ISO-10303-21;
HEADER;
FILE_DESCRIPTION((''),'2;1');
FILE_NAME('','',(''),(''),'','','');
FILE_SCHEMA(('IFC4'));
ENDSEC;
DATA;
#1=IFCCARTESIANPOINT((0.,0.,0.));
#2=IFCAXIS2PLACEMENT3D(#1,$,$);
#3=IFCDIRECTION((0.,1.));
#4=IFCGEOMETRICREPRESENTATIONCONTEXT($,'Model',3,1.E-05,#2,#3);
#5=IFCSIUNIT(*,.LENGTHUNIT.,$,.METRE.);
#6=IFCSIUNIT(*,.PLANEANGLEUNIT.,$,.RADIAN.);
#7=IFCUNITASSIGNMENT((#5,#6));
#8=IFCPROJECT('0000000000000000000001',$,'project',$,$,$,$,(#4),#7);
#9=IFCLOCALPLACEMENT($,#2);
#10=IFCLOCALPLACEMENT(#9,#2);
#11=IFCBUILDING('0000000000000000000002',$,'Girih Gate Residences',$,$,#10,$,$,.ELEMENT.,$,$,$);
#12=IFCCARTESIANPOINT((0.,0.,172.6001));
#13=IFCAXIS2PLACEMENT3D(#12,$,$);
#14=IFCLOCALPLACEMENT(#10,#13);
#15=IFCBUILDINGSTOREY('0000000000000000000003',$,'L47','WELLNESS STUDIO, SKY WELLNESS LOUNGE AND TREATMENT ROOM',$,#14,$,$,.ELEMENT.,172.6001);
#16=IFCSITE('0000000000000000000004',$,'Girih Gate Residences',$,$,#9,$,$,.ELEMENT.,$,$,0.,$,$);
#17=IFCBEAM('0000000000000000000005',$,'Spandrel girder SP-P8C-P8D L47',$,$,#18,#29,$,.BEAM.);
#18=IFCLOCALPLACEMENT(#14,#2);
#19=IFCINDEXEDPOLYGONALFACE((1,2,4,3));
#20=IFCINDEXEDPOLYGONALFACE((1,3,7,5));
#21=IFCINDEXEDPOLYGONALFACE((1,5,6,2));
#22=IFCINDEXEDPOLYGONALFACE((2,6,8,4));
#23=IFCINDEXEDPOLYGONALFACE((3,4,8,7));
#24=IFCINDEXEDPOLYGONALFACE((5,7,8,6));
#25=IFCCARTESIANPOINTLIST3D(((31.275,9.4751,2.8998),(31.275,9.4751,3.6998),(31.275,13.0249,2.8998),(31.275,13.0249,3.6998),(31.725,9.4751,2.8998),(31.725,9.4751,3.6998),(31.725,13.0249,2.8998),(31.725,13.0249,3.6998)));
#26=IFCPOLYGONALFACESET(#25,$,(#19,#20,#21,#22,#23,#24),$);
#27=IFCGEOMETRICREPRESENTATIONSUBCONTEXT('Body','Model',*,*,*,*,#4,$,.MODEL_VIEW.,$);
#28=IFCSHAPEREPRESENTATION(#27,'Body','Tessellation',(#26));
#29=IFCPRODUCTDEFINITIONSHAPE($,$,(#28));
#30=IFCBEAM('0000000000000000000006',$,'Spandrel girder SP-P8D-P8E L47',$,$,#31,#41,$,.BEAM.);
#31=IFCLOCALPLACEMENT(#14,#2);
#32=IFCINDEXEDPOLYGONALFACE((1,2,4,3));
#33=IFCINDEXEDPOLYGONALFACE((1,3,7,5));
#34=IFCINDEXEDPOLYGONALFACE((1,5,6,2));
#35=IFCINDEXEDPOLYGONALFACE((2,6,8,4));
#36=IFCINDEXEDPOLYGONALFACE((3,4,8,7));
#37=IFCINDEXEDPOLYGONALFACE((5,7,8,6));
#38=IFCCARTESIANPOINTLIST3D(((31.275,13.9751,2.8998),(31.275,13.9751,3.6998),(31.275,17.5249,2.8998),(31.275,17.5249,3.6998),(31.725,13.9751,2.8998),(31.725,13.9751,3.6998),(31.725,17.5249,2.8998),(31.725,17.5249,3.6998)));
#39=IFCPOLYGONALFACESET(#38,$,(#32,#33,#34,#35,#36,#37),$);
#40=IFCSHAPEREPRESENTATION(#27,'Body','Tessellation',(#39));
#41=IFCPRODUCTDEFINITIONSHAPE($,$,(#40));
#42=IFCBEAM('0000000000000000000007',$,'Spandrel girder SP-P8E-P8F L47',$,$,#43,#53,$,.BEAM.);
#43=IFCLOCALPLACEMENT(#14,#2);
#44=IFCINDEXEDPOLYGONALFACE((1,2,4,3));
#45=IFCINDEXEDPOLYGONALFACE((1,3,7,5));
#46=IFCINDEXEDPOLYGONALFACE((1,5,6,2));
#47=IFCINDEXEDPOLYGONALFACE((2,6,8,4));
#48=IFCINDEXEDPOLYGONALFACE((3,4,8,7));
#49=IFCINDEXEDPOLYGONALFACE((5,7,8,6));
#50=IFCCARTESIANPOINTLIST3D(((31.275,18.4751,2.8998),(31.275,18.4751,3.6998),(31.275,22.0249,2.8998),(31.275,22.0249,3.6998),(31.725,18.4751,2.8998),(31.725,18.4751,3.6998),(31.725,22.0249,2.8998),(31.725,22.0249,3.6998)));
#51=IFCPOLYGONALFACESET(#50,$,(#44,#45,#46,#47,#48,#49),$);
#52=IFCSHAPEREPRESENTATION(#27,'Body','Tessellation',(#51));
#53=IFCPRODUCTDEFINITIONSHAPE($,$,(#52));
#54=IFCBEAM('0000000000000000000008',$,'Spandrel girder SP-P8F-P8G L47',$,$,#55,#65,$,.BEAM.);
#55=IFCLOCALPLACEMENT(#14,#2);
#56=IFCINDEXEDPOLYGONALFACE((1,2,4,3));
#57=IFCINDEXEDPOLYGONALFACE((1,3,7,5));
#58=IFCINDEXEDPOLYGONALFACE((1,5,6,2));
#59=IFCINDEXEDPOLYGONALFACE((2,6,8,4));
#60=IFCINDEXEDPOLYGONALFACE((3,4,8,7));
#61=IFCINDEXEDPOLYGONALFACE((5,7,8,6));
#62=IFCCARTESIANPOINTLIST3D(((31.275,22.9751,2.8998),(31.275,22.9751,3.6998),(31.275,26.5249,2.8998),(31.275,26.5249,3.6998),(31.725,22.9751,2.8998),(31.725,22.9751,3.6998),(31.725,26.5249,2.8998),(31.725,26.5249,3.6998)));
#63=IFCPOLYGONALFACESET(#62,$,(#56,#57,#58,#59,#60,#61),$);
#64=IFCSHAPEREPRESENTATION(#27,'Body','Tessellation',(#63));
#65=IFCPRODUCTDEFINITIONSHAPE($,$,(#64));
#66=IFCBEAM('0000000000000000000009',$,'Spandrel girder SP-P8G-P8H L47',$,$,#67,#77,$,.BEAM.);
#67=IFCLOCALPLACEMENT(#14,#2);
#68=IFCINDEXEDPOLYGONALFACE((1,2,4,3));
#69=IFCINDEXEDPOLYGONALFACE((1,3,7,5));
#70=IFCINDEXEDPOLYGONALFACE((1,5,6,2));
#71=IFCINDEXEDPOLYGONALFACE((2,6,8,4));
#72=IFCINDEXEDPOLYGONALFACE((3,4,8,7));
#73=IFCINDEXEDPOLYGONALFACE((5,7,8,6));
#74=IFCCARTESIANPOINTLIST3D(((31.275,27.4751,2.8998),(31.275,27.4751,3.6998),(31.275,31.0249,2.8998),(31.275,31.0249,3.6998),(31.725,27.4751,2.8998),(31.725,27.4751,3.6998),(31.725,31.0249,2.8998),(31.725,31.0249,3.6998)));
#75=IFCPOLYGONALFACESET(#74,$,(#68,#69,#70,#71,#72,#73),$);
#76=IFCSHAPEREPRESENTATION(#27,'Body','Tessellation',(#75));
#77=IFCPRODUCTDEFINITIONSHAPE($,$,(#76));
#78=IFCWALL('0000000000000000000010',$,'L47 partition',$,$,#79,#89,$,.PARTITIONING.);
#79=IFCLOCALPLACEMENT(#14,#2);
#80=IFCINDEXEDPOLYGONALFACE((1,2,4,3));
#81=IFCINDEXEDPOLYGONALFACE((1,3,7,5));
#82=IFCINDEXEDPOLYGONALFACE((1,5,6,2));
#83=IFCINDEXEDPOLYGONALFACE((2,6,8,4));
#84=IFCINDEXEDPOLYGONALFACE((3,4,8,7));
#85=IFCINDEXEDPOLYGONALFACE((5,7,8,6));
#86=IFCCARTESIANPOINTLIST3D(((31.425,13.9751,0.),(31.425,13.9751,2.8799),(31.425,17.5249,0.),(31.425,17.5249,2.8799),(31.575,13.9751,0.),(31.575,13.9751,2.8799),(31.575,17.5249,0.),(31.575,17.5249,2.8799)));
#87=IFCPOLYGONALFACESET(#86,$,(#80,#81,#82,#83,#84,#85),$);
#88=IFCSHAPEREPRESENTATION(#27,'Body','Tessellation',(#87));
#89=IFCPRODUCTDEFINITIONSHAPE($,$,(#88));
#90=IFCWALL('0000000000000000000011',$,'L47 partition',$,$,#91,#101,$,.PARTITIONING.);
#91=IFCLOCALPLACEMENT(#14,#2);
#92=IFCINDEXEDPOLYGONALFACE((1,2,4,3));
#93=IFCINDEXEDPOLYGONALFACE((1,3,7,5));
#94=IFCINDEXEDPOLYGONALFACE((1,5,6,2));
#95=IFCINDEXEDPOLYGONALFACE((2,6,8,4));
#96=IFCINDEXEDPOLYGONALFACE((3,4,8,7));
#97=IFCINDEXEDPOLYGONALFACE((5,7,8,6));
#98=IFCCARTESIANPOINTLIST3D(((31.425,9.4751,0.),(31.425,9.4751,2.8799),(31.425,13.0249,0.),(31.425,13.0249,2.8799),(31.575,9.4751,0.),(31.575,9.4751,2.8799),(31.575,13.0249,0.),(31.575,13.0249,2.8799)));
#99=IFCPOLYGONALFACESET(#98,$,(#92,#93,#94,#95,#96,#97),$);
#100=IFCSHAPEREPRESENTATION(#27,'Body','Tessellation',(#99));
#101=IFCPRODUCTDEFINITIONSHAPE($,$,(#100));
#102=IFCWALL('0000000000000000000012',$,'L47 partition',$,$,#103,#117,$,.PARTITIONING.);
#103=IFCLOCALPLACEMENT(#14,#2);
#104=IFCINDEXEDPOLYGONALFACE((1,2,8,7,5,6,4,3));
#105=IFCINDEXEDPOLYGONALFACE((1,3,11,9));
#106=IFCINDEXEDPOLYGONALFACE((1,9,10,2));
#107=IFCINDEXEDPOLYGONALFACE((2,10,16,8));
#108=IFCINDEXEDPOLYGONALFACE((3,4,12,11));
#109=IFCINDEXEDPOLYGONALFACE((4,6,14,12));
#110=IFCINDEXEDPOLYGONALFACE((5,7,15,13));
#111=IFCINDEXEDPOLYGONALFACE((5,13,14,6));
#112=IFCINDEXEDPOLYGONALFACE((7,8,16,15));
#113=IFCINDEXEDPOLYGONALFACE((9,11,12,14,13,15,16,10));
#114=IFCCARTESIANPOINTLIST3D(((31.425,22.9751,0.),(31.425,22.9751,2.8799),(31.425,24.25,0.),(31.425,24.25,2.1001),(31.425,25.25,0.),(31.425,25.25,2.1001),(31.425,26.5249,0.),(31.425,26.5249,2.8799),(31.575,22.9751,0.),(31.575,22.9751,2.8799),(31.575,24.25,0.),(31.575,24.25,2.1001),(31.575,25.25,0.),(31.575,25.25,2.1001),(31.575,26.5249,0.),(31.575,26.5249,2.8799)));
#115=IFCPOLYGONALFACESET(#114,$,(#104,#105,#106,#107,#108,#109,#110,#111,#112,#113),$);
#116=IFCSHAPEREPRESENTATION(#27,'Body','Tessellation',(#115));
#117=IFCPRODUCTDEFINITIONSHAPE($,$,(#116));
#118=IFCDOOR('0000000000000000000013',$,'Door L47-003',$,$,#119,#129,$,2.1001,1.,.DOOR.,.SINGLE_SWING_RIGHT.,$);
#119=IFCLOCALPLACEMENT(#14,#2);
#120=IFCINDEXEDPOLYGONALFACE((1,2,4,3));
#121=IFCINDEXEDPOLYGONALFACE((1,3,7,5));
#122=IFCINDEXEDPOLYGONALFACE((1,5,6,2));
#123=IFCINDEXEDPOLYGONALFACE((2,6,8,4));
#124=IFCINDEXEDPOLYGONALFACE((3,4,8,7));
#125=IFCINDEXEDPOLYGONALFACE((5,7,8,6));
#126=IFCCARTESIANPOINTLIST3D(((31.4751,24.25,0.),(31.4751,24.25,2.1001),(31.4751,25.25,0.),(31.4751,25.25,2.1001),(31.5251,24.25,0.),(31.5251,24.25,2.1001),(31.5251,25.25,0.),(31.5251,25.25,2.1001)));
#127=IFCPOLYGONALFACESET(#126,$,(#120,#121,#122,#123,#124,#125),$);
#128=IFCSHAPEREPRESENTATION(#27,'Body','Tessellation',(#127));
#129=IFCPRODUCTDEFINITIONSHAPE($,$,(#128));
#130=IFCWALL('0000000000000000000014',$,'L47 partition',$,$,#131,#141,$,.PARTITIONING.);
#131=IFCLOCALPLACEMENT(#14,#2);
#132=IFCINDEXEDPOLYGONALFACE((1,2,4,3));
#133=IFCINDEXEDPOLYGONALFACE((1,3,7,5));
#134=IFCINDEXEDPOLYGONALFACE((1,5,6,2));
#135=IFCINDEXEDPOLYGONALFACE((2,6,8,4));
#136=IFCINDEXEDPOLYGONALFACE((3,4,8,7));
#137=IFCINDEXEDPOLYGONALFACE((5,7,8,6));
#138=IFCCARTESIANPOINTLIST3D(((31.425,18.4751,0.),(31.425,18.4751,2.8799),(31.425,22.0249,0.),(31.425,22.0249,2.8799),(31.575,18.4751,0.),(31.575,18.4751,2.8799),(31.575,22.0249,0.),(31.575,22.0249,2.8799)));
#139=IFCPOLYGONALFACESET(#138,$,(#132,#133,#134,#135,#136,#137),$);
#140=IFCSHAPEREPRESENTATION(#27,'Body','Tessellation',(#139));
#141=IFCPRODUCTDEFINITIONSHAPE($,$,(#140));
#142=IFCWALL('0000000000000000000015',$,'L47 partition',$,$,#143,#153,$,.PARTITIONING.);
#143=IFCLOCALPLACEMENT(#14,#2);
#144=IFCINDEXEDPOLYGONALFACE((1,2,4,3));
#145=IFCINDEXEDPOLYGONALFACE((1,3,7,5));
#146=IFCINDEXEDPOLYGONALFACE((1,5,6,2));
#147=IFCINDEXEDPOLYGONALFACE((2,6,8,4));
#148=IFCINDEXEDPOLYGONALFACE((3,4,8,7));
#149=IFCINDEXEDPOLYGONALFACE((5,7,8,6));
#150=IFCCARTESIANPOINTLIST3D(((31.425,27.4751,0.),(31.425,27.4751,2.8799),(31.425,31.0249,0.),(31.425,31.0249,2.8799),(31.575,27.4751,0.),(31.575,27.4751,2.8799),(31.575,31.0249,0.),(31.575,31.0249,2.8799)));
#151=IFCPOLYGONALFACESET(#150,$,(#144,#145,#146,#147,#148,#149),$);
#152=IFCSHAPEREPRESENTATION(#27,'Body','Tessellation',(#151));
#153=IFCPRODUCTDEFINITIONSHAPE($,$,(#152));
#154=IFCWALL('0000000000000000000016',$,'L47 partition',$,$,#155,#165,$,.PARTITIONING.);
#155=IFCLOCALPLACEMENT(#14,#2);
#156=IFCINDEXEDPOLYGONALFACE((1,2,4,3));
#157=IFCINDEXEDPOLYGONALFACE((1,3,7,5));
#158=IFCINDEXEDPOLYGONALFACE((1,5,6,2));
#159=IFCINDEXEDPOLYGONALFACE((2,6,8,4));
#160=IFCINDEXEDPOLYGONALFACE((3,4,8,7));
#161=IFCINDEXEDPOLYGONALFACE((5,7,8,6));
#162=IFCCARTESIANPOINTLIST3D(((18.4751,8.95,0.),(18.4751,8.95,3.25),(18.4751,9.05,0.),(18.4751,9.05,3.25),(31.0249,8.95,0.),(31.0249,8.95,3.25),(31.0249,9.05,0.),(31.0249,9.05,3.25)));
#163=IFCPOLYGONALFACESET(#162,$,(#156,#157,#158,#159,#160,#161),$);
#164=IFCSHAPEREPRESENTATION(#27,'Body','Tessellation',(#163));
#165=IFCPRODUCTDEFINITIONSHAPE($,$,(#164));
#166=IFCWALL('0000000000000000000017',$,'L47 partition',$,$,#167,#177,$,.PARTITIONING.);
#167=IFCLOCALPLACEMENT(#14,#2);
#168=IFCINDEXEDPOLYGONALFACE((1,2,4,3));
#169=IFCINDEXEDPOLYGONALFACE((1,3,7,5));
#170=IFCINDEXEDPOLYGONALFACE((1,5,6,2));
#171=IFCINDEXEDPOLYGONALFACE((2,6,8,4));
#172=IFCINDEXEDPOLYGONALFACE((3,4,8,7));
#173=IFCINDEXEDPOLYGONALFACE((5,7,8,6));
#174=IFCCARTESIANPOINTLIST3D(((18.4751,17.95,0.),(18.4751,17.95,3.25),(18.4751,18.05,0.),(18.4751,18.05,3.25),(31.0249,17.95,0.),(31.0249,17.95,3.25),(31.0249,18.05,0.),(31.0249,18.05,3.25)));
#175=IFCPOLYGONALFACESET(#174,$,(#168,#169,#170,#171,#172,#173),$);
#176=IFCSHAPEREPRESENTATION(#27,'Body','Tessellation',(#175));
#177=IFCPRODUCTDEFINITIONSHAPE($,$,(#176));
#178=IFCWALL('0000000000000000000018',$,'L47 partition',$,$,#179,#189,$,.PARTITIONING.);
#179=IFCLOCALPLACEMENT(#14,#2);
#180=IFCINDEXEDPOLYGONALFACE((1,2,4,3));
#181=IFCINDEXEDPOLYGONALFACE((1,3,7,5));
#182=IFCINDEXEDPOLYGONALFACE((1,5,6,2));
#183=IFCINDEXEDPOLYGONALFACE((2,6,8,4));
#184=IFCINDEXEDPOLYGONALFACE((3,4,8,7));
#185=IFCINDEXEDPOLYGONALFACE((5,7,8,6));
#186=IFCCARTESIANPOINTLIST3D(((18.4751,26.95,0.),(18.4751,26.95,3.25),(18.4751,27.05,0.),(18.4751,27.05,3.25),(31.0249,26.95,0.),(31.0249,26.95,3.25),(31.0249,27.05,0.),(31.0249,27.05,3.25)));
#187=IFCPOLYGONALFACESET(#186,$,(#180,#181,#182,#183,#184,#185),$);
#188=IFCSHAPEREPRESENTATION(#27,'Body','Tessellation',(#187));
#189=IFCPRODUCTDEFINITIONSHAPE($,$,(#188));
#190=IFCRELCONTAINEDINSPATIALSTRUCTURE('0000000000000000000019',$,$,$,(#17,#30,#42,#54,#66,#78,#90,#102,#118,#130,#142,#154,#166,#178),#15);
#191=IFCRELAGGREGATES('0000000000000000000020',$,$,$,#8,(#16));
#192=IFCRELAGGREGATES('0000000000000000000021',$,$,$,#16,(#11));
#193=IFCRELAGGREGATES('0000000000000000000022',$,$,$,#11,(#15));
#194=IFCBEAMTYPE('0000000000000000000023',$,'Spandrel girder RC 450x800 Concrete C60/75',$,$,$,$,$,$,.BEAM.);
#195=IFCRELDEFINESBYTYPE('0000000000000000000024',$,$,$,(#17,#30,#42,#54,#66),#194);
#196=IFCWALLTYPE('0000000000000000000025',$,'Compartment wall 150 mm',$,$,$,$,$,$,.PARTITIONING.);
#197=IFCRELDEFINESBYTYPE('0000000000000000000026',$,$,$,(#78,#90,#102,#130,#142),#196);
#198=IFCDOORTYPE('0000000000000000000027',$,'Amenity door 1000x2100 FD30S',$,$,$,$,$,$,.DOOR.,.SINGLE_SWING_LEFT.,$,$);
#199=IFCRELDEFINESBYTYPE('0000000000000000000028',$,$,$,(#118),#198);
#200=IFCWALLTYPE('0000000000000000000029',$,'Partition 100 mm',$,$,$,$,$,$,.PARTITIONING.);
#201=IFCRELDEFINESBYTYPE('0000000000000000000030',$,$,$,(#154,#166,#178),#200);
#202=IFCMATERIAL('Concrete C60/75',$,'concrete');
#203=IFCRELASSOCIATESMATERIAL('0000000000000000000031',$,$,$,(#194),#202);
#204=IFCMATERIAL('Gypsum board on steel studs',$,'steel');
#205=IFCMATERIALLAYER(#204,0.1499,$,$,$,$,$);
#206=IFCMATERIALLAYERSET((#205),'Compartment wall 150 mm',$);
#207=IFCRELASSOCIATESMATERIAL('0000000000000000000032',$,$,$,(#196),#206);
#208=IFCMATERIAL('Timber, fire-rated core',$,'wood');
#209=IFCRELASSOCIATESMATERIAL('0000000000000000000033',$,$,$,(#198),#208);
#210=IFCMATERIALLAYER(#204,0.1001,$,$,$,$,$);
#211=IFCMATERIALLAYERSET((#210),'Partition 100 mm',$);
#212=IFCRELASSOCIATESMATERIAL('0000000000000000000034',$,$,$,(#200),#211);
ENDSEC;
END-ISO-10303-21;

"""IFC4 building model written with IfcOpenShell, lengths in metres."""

from ifc_helpers import new_model, si_unit, direction, frame, frame_2d, origin, origin_2d, place, context, subcontext, project, spatial, rectangle, extrude, material, layer, layer_set, material_profile, profile_set, type_object, element, fill, save


model = new_model("IFC4")

# Units and contexts
model_context = context("Model", 3, precision=1e-05, world=origin(), true_north=direction((0.0, 1.0)))
body_context = subcontext(model_context, "Body", "Model", "MODEL_VIEW")
ifc_project = project(units=[si_unit("LENGTHUNIT", "METRE"), si_unit("PLANEANGLEUNIT", "RADIAN")], contexts=[model_context])

# Site, building, storey
site_placement = place(None, origin())
site = spatial("IfcSite", under=ifc_project, at=site_placement, Name="Girih Gate Residences", CompositionType="ELEMENT", RefElevation=0.0)
building_placement = place(site_placement, origin())
building = spatial("IfcBuilding", under=site, at=building_placement, Name="Girih Gate Residences", CompositionType="ELEMENT")
storey_placement = place(building_placement, frame((0.0, 0.0, 172.6001)))
storey = spatial("IfcBuildingStorey", under=building, at=storey_placement, Name="L47", Description="WELLNESS STUDIO, SKY WELLNESS LOUNGE AND TREATMENT ROOM", CompositionType="ELEMENT", Elevation=172.6001)

# Beams
ifc_material_1 = material(Name="Concrete C60/75", Category="concrete")
ifc_material_profile_1 = material_profile(ifc_material_1, rectangle(XDim=0.45, YDim=0.8, at=origin_2d()))
ifc_profile_set_1 = profile_set([ifc_material_profile_1], Name="Concrete C60/75")
beam_type = type_object("IfcBeamType", Name="Spandrel girder RC 450x800 Concrete C60/75", PredefinedType="BEAM", material=ifc_profile_set_1)
for number, where, z_axis, x_axis, name in (
    (1, (31.5, 9.4751, 3.2998), (0.0, 1.0, 0.0), (-1.0, 0.0, 0.0), "Spandrel girder SP-P8C-P8D L47"),
    (2, (31.5, 13.9751, 3.2998), (0.0, 1.0, 0.0), (-1.0, 0.0, 0.0), "Spandrel girder SP-P8D-P8E L47"),
    (3, (31.5, 18.4751, 3.2998), (0.0, 1.0, 0.0), (-1.0, 0.0, 0.0), "Spandrel girder SP-P8E-P8F L47"),
    (4, (31.5, 22.9751, 3.2998), (0.0, 1.0, 0.0), (-1.0, 0.0, 0.0), "Spandrel girder SP-P8F-P8G L47"),
    (5, (31.5, 27.4751, 3.2998), (0.0, 1.0, 0.0), (-1.0, 0.0, 0.0), "Spandrel girder SP-P8G-P8H L47"),
):
    element("IfcBeam", number, at=place(storey_placement, frame(where, z_axis=z_axis, x_axis=x_axis)), inside=storey, type_object=beam_type, Name=name, PredefinedType="BEAM", context=body_context, shape_type="SweptSolid", body=[
        extrude(rectangle(XDim=0.45, YDim=0.8, at=origin_2d()), origin(), (0.0, 0.0, 1.0), 3.5498),
    ])

# Walls
ifc_material_2 = material(Name="Gypsum board on steel studs", Category="steel")
ifc_layer_1 = layer(ifc_material_2, 0.1499)
ifc_layer_set_1 = layer_set([ifc_layer_1], Name="Compartment wall 150 mm")
wall_type_1 = type_object("IfcWallType", Name="Compartment wall 150 mm", PredefinedType="PARTITIONING", material=ifc_layer_set_1)
for number, where, z_axis, x_axis, name in (
    (6, (31.5, 13.9751, 0.0), (0.0, 0.0, 1.0), (0.0, 1.0, 0.0), "L47 partition"),
    (7, (31.5, 9.4751, 0.0), (0.0, 0.0, 1.0), (0.0, 1.0, 0.0), "L47 partition"),
):
    element("IfcWall", number, at=place(storey_placement, frame(where, z_axis=z_axis, x_axis=x_axis)), inside=storey, type_object=wall_type_1, Name=name, PredefinedType="PARTITIONING", context=body_context, shape_type="SweptSolid", body=[
        extrude(rectangle(XDim=3.5498, YDim=0.1499, at=frame_2d((1.7749, 0.0))), origin(), (0.0, 0.0, 1.0), 2.8799),
    ])

# Wall, opening, door
wall_placement = place(storey_placement, frame((31.5, 22.9751, 0.0), z_axis=(0.0, 0.0, 1.0), x_axis=(0.0, 1.0, 0.0)))
wall = element("IfcWall", 8, at=wall_placement, inside=storey, type_object=wall_type_1, Name="L47 partition", PredefinedType="PARTITIONING", context=body_context, shape_type="SweptSolid", body=[
    extrude(rectangle(XDim=3.5498, YDim=0.1499, at=frame_2d((1.7749, 0.0))), origin(), (0.0, 0.0, 1.0), 2.8799),
])
opening_placement = place(wall_placement, frame((1.2749, 0.0, 0.0)))
opening = element("IfcOpeningElement", 9, at=opening_placement, cuts=wall, PredefinedType="OPENING", context=body_context, shape_type="SweptSolid", body=[
    extrude(rectangle(XDim=1.0, YDim=2.1001, at=frame_2d((0.5, 1.05))), frame((0.0, 0.085, 0.0), z_axis=(0.0, -1.0, 0.0), x_axis=(1.0, 0.0, 0.0)), (0.0, 0.0, 1.0), 0.1699),
])
ifc_material_3 = material(Name="Timber, fire-rated core", Category="wood")
door_type = type_object("IfcDoorType", Name="Amenity door 1000x2100 FD30S", OperationType="SINGLE_SWING_LEFT", PredefinedType="DOOR", material=ifc_material_3)
door_placement = place(opening_placement, origin())
door = element("IfcDoor", 10, at=door_placement, inside=storey, type_object=door_type, Name="Door L47-003", OperationType="SINGLE_SWING_RIGHT", OverallHeight=2.1001, OverallWidth=1.0, PredefinedType="DOOR", context=body_context, shape_type="SweptSolid", body=[
    extrude(rectangle(XDim=1.0, YDim=2.1001, at=frame_2d((0.5, 1.05))), frame((0.0, 0.0249, 0.0), z_axis=(0.0, -1.0, 0.0), x_axis=(1.0, 0.0, 0.0)), (0.0, 0.0, 1.0), 0.05),
])
fill(opening, door)

# Walls
for number, where, z_axis, x_axis, name in (
    (11, (31.5, 18.4751, 0.0), (0.0, 0.0, 1.0), (0.0, 1.0, 0.0), "L47 partition"),
    (12, (31.5, 27.4751, 0.0), (0.0, 0.0, 1.0), (0.0, 1.0, 0.0), "L47 partition"),
):
    element("IfcWall", number, at=place(storey_placement, frame(where, z_axis=z_axis, x_axis=x_axis)), inside=storey, type_object=wall_type_1, Name=name, PredefinedType="PARTITIONING", context=body_context, shape_type="SweptSolid", body=[
        extrude(rectangle(XDim=3.5498, YDim=0.1499, at=frame_2d((1.7749, 0.0))), origin(), (0.0, 0.0, 1.0), 2.8799),
    ])
ifc_layer_2 = layer(ifc_material_2, 0.1001)
ifc_layer_set_2 = layer_set([ifc_layer_2], Name="Partition 100 mm")
wall_type_2 = type_object("IfcWallType", Name="Partition 100 mm", PredefinedType="PARTITIONING", material=ifc_layer_set_2)
for number, where, z_axis, x_axis, name in (
    (13, (18.4751, 9.0, 0.0), (0.0, 0.0, 1.0), (1.0, 0.0, 0.0), "L47 partition"),
    (14, (18.4751, 18.0, 0.0), (0.0, 0.0, 1.0), (1.0, 0.0, 0.0), "L47 partition"),
    (15, (18.4751, 27.0, 0.0), (0.0, 0.0, 1.0), (1.0, 0.0, 0.0), "L47 partition"),
):
    element("IfcWall", number, at=place(storey_placement, frame(where, z_axis=z_axis, x_axis=x_axis)), inside=storey, type_object=wall_type_2, Name=name, PredefinedType="PARTITIONING", context=body_context, shape_type="SweptSolid", body=[
        extrude(rectangle(XDim=12.5498, YDim=0.1001, at=frame_2d((6.2749, 0.0))), origin(), (0.0, 0.0, 1.0), 3.25),
    ])

save(model, "model.ifc")
